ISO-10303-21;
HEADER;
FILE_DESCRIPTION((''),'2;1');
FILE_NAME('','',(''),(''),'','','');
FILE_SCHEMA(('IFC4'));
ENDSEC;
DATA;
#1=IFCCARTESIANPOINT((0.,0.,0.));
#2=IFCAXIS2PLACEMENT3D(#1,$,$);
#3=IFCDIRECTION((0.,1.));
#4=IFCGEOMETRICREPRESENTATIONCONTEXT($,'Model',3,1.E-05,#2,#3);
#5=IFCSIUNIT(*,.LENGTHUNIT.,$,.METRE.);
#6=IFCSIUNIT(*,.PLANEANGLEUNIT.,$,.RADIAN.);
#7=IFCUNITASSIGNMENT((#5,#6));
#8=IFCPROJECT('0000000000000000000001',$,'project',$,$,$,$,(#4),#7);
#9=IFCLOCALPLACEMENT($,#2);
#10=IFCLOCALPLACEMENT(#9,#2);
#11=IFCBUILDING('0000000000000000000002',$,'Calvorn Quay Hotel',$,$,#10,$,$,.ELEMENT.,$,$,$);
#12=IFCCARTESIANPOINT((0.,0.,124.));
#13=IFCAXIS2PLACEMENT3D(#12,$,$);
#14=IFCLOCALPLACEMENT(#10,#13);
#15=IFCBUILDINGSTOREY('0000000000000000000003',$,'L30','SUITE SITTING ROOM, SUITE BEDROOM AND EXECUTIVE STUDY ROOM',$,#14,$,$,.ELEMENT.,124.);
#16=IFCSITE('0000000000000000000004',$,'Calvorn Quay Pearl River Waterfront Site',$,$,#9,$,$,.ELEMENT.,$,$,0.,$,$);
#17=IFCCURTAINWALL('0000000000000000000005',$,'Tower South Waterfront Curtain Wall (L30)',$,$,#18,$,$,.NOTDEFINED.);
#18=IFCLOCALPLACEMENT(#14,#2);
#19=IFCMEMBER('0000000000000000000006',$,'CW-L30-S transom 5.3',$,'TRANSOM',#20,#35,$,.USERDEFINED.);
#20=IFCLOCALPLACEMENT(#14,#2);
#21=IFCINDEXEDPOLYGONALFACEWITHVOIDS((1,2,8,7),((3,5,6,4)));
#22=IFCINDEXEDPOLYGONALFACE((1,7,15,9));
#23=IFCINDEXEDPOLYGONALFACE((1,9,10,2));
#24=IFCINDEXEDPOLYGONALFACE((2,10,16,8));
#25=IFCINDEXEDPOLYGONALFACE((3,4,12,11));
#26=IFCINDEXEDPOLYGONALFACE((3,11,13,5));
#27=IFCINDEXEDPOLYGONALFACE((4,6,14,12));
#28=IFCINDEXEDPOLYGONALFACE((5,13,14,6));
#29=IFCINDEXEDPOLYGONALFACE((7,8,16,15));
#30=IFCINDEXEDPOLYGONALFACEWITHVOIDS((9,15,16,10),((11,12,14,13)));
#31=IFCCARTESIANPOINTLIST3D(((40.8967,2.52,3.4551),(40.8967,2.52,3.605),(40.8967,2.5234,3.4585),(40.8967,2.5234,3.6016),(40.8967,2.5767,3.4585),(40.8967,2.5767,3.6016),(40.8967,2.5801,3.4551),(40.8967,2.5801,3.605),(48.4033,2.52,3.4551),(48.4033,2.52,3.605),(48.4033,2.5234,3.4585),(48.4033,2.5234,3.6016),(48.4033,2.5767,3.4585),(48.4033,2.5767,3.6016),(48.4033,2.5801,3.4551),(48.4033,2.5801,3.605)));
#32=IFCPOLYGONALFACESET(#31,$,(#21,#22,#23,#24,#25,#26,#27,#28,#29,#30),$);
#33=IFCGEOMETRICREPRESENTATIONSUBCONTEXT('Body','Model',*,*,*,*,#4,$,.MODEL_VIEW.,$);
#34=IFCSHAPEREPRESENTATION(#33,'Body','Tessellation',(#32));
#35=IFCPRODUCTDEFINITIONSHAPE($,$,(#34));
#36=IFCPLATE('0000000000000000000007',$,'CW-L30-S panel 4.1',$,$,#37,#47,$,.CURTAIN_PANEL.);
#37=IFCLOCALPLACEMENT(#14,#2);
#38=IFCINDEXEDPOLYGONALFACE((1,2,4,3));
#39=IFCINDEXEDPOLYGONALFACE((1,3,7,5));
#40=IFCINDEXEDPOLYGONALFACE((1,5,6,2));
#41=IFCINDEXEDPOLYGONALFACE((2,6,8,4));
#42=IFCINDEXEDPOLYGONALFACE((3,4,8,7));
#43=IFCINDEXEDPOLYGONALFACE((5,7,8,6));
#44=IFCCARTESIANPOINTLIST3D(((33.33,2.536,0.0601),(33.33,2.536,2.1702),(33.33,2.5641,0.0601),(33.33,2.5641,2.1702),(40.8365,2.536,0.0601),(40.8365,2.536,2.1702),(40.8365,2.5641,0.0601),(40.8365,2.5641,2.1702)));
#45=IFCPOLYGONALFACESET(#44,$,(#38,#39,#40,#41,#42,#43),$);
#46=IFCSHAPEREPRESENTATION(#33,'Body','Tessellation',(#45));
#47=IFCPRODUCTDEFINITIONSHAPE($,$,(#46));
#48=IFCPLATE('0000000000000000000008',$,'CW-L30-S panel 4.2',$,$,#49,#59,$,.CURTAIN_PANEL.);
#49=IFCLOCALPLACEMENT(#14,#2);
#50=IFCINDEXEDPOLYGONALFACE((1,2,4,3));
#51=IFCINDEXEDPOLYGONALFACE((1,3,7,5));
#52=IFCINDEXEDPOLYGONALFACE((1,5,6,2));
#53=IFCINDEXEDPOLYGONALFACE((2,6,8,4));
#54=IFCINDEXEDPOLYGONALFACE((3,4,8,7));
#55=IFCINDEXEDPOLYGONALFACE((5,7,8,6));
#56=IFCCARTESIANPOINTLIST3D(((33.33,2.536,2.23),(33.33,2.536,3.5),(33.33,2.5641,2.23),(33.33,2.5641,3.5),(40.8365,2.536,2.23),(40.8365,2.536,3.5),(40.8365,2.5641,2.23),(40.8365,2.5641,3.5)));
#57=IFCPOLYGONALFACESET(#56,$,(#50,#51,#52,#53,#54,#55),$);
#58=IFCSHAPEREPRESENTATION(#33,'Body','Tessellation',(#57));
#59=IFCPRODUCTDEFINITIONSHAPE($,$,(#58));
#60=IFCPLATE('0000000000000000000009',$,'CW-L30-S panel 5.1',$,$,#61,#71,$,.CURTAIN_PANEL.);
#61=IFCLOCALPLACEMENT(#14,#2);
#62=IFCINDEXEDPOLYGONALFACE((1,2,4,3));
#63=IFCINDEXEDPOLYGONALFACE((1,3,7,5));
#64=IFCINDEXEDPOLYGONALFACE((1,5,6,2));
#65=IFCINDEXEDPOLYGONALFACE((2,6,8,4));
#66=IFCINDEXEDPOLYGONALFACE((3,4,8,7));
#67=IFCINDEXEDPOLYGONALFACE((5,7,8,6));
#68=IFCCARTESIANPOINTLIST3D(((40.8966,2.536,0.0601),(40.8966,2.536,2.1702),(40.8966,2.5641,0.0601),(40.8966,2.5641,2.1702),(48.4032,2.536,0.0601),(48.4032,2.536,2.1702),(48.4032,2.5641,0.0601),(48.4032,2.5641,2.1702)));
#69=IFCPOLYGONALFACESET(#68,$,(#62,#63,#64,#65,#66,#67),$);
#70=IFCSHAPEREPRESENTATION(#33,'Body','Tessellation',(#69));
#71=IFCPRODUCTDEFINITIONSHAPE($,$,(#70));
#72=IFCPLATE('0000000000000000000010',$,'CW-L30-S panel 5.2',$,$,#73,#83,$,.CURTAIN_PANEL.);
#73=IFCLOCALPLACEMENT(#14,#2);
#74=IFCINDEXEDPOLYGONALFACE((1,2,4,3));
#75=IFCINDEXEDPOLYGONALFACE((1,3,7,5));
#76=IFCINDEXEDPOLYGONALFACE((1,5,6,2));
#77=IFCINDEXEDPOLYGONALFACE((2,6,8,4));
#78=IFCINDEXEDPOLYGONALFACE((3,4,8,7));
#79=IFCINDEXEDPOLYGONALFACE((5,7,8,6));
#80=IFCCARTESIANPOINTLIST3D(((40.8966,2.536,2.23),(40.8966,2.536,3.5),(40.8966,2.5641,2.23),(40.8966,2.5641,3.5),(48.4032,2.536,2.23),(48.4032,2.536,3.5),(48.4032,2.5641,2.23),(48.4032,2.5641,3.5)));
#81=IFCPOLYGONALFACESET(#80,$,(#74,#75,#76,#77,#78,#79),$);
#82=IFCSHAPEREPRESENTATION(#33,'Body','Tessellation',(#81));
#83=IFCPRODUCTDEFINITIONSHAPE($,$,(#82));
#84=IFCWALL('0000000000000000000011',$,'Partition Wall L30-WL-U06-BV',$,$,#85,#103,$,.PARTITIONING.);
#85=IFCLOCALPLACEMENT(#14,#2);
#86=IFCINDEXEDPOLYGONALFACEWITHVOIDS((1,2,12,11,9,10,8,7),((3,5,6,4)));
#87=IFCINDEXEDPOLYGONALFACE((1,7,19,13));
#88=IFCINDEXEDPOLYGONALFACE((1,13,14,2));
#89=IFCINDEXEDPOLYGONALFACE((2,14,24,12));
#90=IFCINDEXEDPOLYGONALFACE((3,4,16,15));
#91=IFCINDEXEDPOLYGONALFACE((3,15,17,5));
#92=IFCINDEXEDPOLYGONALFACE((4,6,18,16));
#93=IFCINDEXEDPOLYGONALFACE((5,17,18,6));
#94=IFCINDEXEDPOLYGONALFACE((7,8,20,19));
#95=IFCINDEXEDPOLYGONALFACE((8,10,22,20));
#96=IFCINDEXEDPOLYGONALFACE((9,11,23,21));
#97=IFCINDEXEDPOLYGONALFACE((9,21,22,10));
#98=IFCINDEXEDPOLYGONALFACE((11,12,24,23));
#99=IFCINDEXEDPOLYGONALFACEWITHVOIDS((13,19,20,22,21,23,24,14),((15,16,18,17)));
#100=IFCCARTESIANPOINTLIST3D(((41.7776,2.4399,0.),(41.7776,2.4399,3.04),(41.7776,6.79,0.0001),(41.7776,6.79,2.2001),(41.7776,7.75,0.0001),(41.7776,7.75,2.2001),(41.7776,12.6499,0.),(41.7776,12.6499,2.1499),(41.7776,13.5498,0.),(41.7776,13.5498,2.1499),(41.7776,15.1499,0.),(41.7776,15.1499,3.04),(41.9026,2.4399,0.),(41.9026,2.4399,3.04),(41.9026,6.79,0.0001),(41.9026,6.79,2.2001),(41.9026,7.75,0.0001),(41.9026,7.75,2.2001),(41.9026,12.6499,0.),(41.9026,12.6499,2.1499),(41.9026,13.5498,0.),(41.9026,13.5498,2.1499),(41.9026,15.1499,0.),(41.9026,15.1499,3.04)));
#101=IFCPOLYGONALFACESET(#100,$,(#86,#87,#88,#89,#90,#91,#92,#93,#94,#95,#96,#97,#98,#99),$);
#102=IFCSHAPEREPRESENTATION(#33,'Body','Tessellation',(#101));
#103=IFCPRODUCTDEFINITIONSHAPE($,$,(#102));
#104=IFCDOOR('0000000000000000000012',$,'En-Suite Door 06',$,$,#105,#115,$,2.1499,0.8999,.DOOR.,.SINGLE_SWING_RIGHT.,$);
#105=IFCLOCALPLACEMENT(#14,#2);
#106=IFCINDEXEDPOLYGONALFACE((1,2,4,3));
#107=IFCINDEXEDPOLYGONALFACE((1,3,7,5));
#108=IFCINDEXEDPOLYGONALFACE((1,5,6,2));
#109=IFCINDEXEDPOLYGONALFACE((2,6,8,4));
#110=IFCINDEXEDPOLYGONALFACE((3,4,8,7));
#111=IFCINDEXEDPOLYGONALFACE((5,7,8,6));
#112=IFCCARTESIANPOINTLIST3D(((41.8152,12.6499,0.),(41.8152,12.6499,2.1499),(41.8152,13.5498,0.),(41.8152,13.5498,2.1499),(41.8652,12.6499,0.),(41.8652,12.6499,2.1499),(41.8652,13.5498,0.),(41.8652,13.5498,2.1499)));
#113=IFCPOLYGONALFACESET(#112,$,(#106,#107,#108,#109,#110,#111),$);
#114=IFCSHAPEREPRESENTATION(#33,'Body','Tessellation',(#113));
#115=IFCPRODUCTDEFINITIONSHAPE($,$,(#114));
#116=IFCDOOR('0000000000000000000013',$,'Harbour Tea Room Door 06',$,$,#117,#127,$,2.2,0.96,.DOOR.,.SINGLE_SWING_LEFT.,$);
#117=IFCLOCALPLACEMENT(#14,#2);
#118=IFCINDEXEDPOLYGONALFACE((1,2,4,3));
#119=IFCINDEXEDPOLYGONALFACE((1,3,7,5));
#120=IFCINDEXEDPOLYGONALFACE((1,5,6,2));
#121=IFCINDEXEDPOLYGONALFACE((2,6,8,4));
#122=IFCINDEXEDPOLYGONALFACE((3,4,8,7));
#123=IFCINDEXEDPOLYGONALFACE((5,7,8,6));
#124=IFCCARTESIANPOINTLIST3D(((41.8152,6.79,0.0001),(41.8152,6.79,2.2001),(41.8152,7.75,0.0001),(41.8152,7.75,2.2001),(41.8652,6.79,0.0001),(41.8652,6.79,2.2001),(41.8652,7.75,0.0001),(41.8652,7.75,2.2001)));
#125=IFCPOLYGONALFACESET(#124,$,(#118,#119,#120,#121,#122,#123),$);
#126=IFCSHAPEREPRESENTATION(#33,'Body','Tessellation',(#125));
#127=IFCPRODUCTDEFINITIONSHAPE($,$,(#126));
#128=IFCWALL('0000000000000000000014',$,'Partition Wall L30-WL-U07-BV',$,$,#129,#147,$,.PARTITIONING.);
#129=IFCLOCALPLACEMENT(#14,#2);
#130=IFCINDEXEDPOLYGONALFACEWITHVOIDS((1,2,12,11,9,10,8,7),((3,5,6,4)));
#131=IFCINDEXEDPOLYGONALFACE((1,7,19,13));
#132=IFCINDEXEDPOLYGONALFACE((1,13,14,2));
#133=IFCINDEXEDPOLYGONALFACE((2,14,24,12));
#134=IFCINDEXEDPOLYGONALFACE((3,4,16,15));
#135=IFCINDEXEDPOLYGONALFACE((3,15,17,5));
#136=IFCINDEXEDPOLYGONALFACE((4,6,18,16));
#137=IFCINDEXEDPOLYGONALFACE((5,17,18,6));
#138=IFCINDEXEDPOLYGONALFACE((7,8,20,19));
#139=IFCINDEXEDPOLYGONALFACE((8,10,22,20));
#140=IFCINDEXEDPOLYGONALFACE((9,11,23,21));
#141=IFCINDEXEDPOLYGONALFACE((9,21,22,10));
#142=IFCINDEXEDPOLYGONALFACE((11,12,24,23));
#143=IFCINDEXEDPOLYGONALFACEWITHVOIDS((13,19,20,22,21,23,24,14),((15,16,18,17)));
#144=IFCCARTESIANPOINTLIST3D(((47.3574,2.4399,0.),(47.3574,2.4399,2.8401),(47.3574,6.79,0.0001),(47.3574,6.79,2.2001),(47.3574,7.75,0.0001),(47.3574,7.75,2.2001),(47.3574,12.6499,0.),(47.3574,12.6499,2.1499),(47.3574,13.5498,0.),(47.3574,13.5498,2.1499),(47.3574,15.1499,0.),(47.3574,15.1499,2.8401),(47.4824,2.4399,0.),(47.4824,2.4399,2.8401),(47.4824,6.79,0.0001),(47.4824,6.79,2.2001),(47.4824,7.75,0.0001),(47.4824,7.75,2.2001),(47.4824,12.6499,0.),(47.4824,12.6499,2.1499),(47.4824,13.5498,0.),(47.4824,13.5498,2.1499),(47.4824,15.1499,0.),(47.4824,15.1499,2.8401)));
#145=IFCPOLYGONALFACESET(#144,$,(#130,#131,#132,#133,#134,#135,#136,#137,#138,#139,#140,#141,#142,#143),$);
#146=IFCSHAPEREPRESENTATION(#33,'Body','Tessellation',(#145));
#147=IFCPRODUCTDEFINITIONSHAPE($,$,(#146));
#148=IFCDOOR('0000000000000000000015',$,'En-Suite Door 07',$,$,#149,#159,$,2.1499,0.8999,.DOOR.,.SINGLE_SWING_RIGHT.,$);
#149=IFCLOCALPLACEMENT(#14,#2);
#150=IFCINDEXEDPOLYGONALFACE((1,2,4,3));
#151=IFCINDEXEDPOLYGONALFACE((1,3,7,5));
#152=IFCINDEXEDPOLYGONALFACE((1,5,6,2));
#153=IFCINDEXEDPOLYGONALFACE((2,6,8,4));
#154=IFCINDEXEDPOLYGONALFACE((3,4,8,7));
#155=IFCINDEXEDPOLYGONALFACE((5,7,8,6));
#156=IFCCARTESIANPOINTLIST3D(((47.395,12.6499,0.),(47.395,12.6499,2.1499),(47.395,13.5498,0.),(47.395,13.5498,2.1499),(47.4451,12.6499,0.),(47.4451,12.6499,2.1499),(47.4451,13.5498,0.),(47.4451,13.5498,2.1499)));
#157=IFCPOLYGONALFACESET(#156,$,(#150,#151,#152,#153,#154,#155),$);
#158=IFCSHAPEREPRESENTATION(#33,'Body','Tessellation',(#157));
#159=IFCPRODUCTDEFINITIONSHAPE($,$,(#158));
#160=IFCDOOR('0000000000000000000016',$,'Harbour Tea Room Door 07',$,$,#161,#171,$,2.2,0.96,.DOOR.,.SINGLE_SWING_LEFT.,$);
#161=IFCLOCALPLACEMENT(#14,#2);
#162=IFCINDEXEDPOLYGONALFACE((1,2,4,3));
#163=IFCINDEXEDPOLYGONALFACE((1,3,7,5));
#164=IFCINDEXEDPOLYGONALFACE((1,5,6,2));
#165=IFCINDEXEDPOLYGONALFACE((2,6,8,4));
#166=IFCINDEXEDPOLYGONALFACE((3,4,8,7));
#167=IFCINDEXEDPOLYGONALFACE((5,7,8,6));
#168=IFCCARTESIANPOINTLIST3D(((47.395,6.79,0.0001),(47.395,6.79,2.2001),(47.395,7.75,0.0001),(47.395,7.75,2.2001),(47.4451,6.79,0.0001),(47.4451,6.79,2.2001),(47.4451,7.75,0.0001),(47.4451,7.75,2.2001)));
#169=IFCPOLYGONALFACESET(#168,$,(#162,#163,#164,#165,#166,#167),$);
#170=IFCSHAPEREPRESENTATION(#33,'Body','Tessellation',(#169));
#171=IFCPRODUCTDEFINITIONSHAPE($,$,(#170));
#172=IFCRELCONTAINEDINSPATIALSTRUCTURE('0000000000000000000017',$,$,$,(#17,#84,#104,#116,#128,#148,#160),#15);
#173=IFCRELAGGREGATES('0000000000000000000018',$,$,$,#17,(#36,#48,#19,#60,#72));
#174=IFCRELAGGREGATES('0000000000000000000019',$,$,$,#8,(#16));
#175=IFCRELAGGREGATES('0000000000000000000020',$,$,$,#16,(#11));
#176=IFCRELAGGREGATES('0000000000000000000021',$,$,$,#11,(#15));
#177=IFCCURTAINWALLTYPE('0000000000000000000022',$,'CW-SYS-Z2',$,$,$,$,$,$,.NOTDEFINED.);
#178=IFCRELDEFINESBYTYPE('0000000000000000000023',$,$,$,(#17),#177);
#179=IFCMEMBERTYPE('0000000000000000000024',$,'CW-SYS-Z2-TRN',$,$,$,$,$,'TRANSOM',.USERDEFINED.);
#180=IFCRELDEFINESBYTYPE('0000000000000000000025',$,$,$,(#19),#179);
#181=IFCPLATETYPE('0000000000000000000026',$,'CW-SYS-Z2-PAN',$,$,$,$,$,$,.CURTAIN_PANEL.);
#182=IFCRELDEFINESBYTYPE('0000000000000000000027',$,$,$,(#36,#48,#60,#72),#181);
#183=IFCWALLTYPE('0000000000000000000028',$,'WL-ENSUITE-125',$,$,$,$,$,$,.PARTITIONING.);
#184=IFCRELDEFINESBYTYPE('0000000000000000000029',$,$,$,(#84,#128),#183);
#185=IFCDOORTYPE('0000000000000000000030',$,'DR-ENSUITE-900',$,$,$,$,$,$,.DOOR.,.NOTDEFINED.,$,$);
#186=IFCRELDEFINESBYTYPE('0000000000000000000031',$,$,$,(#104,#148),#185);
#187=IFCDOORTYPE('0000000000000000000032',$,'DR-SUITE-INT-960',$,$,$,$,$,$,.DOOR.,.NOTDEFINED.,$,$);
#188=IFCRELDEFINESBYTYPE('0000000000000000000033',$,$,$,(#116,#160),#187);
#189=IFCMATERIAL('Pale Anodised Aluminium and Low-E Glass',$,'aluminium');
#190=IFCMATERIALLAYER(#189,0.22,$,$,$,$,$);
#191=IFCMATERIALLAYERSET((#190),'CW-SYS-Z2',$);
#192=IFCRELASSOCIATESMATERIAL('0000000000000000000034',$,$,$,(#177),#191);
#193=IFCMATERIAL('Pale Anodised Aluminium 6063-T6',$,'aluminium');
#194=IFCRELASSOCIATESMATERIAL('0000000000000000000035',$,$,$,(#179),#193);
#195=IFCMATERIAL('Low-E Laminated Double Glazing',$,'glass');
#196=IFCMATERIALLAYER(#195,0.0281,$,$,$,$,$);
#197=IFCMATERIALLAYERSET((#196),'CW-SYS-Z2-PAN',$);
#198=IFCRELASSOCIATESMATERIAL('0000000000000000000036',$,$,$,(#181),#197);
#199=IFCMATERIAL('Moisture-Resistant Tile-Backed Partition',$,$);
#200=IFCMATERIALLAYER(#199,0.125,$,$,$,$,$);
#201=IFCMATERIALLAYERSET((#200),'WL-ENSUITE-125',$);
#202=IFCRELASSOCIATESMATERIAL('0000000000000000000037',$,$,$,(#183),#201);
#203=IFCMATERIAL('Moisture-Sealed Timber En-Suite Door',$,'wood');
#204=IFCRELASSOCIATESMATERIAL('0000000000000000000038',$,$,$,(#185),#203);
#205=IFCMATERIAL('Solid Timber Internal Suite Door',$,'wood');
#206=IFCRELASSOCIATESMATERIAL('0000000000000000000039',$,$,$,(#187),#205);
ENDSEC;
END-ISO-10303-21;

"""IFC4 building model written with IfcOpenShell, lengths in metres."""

from ifc_helpers import new_model, si_unit, direction, frame, frame_2d, origin, origin_2d, place, context, subcontext, project, spatial, rectangle, hollow_rectangle, extrude, material, layer, layer_set, material_profile, profile_set, type_object, element, fill, aggregate, save


model = new_model("IFC4")

# Units and contexts
model_context = context("Model", 3, precision=1e-05, world=origin(), true_north=direction((0.0, 1.0)))
body_context = subcontext(model_context, "Body", "Model", "MODEL_VIEW")
ifc_project = project(units=[si_unit("LENGTHUNIT", "METRE"), si_unit("PLANEANGLEUNIT", "RADIAN")], contexts=[model_context])

# Site, building, storey
site_placement = place(None, origin())
site = spatial("IfcSite", under=ifc_project, at=site_placement, Name="Calvorn Quay Pearl River Waterfront Site", CompositionType="ELEMENT", RefElevation=0.0)
building_placement = place(site_placement, origin())
building = spatial("IfcBuilding", under=site, at=building_placement, Name="Calvorn Quay Hotel", CompositionType="ELEMENT")
storey_placement = place(building_placement, frame((0.0, 0.0, 124.0)))
storey = spatial("IfcBuildingStorey", under=building, at=storey_placement, Name="L30", Description="SUITE SITTING ROOM, SUITE BEDROOM AND EXECUTIVE STUDY ROOM", CompositionType="ELEMENT", Elevation=124.0)

# Curtain wall, member, plates
ifc_material_1 = material(Name="Pale Anodised Aluminium and Low-E Glass", Category="aluminium")
ifc_layer_1 = layer(ifc_material_1, 0.22)
ifc_layer_set_1 = layer_set([ifc_layer_1], Name="CW-SYS-Z2")
curtain_wall_type = type_object("IfcCurtainWallType", Name="CW-SYS-Z2", PredefinedType="NOTDEFINED", material=ifc_layer_set_1)
curtain_wall_placement = place(storey_placement, origin())
curtain_wall = element("IfcCurtainWall", 1, at=curtain_wall_placement, inside=storey, type_object=curtain_wall_type, Name="Tower South Waterfront Curtain Wall (L30)", PredefinedType="NOTDEFINED")
ifc_material_2 = material(Name="Pale Anodised Aluminium 6063-T6", Category="aluminium")
ifc_material_profile_1 = material_profile(ifc_material_2, hollow_rectangle(XDim=0.0601, YDim=0.1499, WallThickness=0.0034, at=origin_2d()), Name="ALU-T150x60x3.5")
ifc_profile_set_1 = profile_set([ifc_material_profile_1], Name="Pale Anodised Aluminium 6063-T6")
member_type_1 = type_object("IfcMemberType", Name="CW-SYS-Z2-TRN", ElementType="TRANSOM", PredefinedType="USERDEFINED", material=ifc_profile_set_1)
member_1_placement = place(storey_placement, frame((40.8967, 2.55, 3.53), z_axis=(1.0, 0.0, 0.0), x_axis=(0.0, 1.0, 0.0)))
member_1 = element("IfcMember", 2, at=member_1_placement, type_object=member_type_1, Name="CW-L30-S transom 5.3", ObjectType="TRANSOM", PredefinedType="USERDEFINED", context=body_context, shape_type="SweptSolid", body=[
    extrude(hollow_rectangle(XDim=0.0601, YDim=0.1499, WallThickness=0.0034, at=origin_2d()), origin(), (0.0, 0.0, 1.0), 7.5066),
])
ifc_material_3 = material(Name="Low-E Laminated Double Glazing", Category="glass")
ifc_layer_2 = layer(ifc_material_3, 0.0281)
ifc_layer_set_2 = layer_set([ifc_layer_2], Name="CW-SYS-Z2-PAN")
plate_type = type_object("IfcPlateType", Name="CW-SYS-Z2-PAN", PredefinedType="CURTAIN_PANEL", material=ifc_layer_set_2)
plate_1_placement = place(storey_placement, frame((37.0833, 2.55, 0.0601), z_axis=(0.0, 0.0, 1.0), x_axis=(1.0, 0.0, 0.0)))
plate_1 = element("IfcPlate", 3, at=plate_1_placement, type_object=plate_type, Name="CW-L30-S panel 4.1", PredefinedType="CURTAIN_PANEL", context=body_context, shape_type="SweptSolid", body=[
    extrude(rectangle(XDim=7.5066, YDim=0.0281, at=origin_2d()), origin(), (0.0, 0.0, 1.0), 2.1101),
])
plate_2_placement = place(storey_placement, frame((37.0833, 2.55, 2.23), z_axis=(0.0, 0.0, 1.0), x_axis=(1.0, 0.0, 0.0)))
plate_2 = element("IfcPlate", 4, at=plate_2_placement, type_object=plate_type, Name="CW-L30-S panel 4.2", PredefinedType="CURTAIN_PANEL", context=body_context, shape_type="SweptSolid", body=[
    extrude(rectangle(XDim=7.5066, YDim=0.0281, at=origin_2d()), origin(), (0.0, 0.0, 1.0), 1.27),
])
plate_3_placement = place(storey_placement, frame((44.6499, 2.55, 0.0601), z_axis=(0.0, 0.0, 1.0), x_axis=(1.0, 0.0, 0.0)))
plate_3 = element("IfcPlate", 5, at=plate_3_placement, type_object=plate_type, Name="CW-L30-S panel 5.1", PredefinedType="CURTAIN_PANEL", context=body_context, shape_type="SweptSolid", body=[
    extrude(rectangle(XDim=7.5066, YDim=0.0281, at=origin_2d()), origin(), (0.0, 0.0, 1.0), 2.1101),
])
plate_4_placement = place(storey_placement, frame((44.6499, 2.55, 2.23), z_axis=(0.0, 0.0, 1.0), x_axis=(1.0, 0.0, 0.0)))
plate_4 = element("IfcPlate", 6, at=plate_4_placement, type_object=plate_type, Name="CW-L30-S panel 5.2", PredefinedType="CURTAIN_PANEL", context=body_context, shape_type="SweptSolid", body=[
    extrude(rectangle(XDim=7.5066, YDim=0.0281, at=origin_2d()), origin(), (0.0, 0.0, 1.0), 1.27),
])
aggregate(curtain_wall, [plate_1, plate_2, member_1, plate_3, plate_4])

# Walls, openings, doors
ifc_material_4 = material(Name="Moisture-Resistant Tile-Backed Partition")
ifc_layer_3 = layer(ifc_material_4, 0.125)
ifc_layer_set_3 = layer_set([ifc_layer_3], Name="WL-ENSUITE-125")
wall_type_1 = type_object("IfcWallType", Name="WL-ENSUITE-125", PredefinedType="PARTITIONING", material=ifc_layer_set_3)
wall_1_placement = place(storey_placement, frame((41.8401, 2.4399, 0.0), z_axis=(0.0, 0.0, 1.0), x_axis=(0.0, 1.0, 0.0)))
wall_1 = element("IfcWall", 7, at=wall_1_placement, inside=storey, type_object=wall_type_1, Name="Partition Wall L30-WL-U06-BV", PredefinedType="PARTITIONING", context=body_context, shape_type="SweptSolid", body=[
    extrude(rectangle(XDim=12.71, YDim=0.125, at=frame_2d((6.355, 0.0))), origin(), (0.0, 0.0, 1.0), 3.04),
])
opening_1_placement = place(wall_1_placement, frame((4.3501, 0.0, 0.0)))
opening_1 = element("IfcOpeningElement", 8, at=opening_1_placement, cuts=wall_1, PredefinedType="OPENING", context=body_context, shape_type="SweptSolid", body=[
    extrude(rectangle(XDim=0.96, YDim=2.2, at=frame_2d((0.48, 1.1001))), frame((0.0, 0.0725, 0.0), z_axis=(0.0, -1.0, 0.0), x_axis=(1.0, 0.0, 0.0)), (0.0, 0.0, 1.0), 0.145),
])
opening_2_placement = place(wall_1_placement, frame((10.21, 0.0, 0.0)))
opening_2 = element("IfcOpeningElement", 9, at=opening_2_placement, cuts=wall_1, PredefinedType="OPENING", context=body_context, shape_type="SweptSolid", body=[
    extrude(rectangle(XDim=0.8999, YDim=2.1499, at=frame_2d((0.45, 1.075))), frame((0.0, 0.0725, 0.0), z_axis=(0.0, -1.0, 0.0), x_axis=(1.0, 0.0, 0.0)), (0.0, 0.0, 1.0), 0.145),
])
ifc_material_5 = material(Name="Moisture-Sealed Timber En-Suite Door", Category="wood")
door_type_1 = type_object("IfcDoorType", Name="DR-ENSUITE-900", OperationType="NOTDEFINED", PredefinedType="DOOR", material=ifc_material_5)
door_1_placement = place(opening_2_placement, origin())
door_1 = element("IfcDoor", 10, at=door_1_placement, inside=storey, type_object=door_type_1, Name="En-Suite Door 06", OperationType="SINGLE_SWING_RIGHT", OverallHeight=2.1499, OverallWidth=0.8999, PredefinedType="DOOR", context=body_context, shape_type="SweptSolid", body=[
    extrude(rectangle(XDim=0.8999, YDim=2.1499, at=frame_2d((0.45, 1.075))), frame((0.0, 0.0249, 0.0), z_axis=(0.0, -1.0, 0.0), x_axis=(1.0, 0.0, 0.0)), (0.0, 0.0, 1.0), 0.05),
])
fill(opening_2, door_1)
ifc_material_6 = material(Name="Solid Timber Internal Suite Door", Category="wood")
door_type_2 = type_object("IfcDoorType", Name="DR-SUITE-INT-960", OperationType="NOTDEFINED", PredefinedType="DOOR", material=ifc_material_6)
door_2_placement = place(opening_1_placement, origin())
door_2 = element("IfcDoor", 11, at=door_2_placement, inside=storey, type_object=door_type_2, Name="Harbour Tea Room Door 06", OperationType="SINGLE_SWING_LEFT", OverallHeight=2.2, OverallWidth=0.96, PredefinedType="DOOR", context=body_context, shape_type="SweptSolid", body=[
    extrude(rectangle(XDim=0.96, YDim=2.2, at=frame_2d((0.48, 1.1001))), frame((0.0, 0.0249, 0.0), z_axis=(0.0, -1.0, 0.0), x_axis=(1.0, 0.0, 0.0)), (0.0, 0.0, 1.0), 0.05),
])
fill(opening_1, door_2)
wall_2_placement = place(storey_placement, frame((47.4199, 2.4399, 0.0), z_axis=(0.0, 0.0, 1.0), x_axis=(0.0, 1.0, 0.0)))
wall_2 = element("IfcWall", 12, at=wall_2_placement, inside=storey, type_object=wall_type_1, Name="Partition Wall L30-WL-U07-BV", PredefinedType="PARTITIONING", context=body_context, shape_type="SweptSolid", body=[
    extrude(rectangle(XDim=12.71, YDim=0.125, at=frame_2d((6.355, 0.0))), origin(), (0.0, 0.0, 1.0), 2.8401),
])
opening_3_placement = place(wall_2_placement, frame((4.3501, 0.0, 0.0)))
opening_3 = element("IfcOpeningElement", 13, at=opening_3_placement, cuts=wall_2, PredefinedType="OPENING", context=body_context, shape_type="SweptSolid", body=[
    extrude(rectangle(XDim=0.96, YDim=2.2, at=frame_2d((0.48, 1.1001))), frame((0.0, 0.0725, 0.0), z_axis=(0.0, -1.0, 0.0), x_axis=(1.0, 0.0, 0.0)), (0.0, 0.0, 1.0), 0.145),
])
opening_4_placement = place(wall_2_placement, frame((10.21, 0.0, 0.0)))
opening_4 = element("IfcOpeningElement", 14, at=opening_4_placement, cuts=wall_2, PredefinedType="OPENING", context=body_context, shape_type="SweptSolid", body=[
    extrude(rectangle(XDim=0.8999, YDim=2.1499, at=frame_2d((0.45, 1.075))), frame((0.0, 0.0725, 0.0), z_axis=(0.0, -1.0, 0.0), x_axis=(1.0, 0.0, 0.0)), (0.0, 0.0, 1.0), 0.145),
])
door_3_placement = place(opening_4_placement, origin())
door_3 = element("IfcDoor", 15, at=door_3_placement, inside=storey, type_object=door_type_1, Name="En-Suite Door 07", OperationType="SINGLE_SWING_RIGHT", OverallHeight=2.1499, OverallWidth=0.8999, PredefinedType="DOOR", context=body_context, shape_type="SweptSolid", body=[
    extrude(rectangle(XDim=0.8999, YDim=2.1499, at=frame_2d((0.45, 1.075))), frame((0.0, 0.0249, 0.0), z_axis=(0.0, -1.0, 0.0), x_axis=(1.0, 0.0, 0.0)), (0.0, 0.0, 1.0), 0.05),
])
fill(opening_4, door_3)
door_4_placement = place(opening_3_placement, origin())
door_4 = element("IfcDoor", 16, at=door_4_placement, inside=storey, type_object=door_type_2, Name="Harbour Tea Room Door 07", OperationType="SINGLE_SWING_LEFT", OverallHeight=2.2, OverallWidth=0.96, PredefinedType="DOOR", context=body_context, shape_type="SweptSolid", body=[
    extrude(rectangle(XDim=0.96, YDim=2.2, at=frame_2d((0.48, 1.1001))), frame((0.0, 0.0249, 0.0), z_axis=(0.0, -1.0, 0.0), x_axis=(1.0, 0.0, 0.0)), (0.0, 0.0, 1.0), 0.05),
])
fill(opening_3, door_4)

save(model, "model.ifc")
